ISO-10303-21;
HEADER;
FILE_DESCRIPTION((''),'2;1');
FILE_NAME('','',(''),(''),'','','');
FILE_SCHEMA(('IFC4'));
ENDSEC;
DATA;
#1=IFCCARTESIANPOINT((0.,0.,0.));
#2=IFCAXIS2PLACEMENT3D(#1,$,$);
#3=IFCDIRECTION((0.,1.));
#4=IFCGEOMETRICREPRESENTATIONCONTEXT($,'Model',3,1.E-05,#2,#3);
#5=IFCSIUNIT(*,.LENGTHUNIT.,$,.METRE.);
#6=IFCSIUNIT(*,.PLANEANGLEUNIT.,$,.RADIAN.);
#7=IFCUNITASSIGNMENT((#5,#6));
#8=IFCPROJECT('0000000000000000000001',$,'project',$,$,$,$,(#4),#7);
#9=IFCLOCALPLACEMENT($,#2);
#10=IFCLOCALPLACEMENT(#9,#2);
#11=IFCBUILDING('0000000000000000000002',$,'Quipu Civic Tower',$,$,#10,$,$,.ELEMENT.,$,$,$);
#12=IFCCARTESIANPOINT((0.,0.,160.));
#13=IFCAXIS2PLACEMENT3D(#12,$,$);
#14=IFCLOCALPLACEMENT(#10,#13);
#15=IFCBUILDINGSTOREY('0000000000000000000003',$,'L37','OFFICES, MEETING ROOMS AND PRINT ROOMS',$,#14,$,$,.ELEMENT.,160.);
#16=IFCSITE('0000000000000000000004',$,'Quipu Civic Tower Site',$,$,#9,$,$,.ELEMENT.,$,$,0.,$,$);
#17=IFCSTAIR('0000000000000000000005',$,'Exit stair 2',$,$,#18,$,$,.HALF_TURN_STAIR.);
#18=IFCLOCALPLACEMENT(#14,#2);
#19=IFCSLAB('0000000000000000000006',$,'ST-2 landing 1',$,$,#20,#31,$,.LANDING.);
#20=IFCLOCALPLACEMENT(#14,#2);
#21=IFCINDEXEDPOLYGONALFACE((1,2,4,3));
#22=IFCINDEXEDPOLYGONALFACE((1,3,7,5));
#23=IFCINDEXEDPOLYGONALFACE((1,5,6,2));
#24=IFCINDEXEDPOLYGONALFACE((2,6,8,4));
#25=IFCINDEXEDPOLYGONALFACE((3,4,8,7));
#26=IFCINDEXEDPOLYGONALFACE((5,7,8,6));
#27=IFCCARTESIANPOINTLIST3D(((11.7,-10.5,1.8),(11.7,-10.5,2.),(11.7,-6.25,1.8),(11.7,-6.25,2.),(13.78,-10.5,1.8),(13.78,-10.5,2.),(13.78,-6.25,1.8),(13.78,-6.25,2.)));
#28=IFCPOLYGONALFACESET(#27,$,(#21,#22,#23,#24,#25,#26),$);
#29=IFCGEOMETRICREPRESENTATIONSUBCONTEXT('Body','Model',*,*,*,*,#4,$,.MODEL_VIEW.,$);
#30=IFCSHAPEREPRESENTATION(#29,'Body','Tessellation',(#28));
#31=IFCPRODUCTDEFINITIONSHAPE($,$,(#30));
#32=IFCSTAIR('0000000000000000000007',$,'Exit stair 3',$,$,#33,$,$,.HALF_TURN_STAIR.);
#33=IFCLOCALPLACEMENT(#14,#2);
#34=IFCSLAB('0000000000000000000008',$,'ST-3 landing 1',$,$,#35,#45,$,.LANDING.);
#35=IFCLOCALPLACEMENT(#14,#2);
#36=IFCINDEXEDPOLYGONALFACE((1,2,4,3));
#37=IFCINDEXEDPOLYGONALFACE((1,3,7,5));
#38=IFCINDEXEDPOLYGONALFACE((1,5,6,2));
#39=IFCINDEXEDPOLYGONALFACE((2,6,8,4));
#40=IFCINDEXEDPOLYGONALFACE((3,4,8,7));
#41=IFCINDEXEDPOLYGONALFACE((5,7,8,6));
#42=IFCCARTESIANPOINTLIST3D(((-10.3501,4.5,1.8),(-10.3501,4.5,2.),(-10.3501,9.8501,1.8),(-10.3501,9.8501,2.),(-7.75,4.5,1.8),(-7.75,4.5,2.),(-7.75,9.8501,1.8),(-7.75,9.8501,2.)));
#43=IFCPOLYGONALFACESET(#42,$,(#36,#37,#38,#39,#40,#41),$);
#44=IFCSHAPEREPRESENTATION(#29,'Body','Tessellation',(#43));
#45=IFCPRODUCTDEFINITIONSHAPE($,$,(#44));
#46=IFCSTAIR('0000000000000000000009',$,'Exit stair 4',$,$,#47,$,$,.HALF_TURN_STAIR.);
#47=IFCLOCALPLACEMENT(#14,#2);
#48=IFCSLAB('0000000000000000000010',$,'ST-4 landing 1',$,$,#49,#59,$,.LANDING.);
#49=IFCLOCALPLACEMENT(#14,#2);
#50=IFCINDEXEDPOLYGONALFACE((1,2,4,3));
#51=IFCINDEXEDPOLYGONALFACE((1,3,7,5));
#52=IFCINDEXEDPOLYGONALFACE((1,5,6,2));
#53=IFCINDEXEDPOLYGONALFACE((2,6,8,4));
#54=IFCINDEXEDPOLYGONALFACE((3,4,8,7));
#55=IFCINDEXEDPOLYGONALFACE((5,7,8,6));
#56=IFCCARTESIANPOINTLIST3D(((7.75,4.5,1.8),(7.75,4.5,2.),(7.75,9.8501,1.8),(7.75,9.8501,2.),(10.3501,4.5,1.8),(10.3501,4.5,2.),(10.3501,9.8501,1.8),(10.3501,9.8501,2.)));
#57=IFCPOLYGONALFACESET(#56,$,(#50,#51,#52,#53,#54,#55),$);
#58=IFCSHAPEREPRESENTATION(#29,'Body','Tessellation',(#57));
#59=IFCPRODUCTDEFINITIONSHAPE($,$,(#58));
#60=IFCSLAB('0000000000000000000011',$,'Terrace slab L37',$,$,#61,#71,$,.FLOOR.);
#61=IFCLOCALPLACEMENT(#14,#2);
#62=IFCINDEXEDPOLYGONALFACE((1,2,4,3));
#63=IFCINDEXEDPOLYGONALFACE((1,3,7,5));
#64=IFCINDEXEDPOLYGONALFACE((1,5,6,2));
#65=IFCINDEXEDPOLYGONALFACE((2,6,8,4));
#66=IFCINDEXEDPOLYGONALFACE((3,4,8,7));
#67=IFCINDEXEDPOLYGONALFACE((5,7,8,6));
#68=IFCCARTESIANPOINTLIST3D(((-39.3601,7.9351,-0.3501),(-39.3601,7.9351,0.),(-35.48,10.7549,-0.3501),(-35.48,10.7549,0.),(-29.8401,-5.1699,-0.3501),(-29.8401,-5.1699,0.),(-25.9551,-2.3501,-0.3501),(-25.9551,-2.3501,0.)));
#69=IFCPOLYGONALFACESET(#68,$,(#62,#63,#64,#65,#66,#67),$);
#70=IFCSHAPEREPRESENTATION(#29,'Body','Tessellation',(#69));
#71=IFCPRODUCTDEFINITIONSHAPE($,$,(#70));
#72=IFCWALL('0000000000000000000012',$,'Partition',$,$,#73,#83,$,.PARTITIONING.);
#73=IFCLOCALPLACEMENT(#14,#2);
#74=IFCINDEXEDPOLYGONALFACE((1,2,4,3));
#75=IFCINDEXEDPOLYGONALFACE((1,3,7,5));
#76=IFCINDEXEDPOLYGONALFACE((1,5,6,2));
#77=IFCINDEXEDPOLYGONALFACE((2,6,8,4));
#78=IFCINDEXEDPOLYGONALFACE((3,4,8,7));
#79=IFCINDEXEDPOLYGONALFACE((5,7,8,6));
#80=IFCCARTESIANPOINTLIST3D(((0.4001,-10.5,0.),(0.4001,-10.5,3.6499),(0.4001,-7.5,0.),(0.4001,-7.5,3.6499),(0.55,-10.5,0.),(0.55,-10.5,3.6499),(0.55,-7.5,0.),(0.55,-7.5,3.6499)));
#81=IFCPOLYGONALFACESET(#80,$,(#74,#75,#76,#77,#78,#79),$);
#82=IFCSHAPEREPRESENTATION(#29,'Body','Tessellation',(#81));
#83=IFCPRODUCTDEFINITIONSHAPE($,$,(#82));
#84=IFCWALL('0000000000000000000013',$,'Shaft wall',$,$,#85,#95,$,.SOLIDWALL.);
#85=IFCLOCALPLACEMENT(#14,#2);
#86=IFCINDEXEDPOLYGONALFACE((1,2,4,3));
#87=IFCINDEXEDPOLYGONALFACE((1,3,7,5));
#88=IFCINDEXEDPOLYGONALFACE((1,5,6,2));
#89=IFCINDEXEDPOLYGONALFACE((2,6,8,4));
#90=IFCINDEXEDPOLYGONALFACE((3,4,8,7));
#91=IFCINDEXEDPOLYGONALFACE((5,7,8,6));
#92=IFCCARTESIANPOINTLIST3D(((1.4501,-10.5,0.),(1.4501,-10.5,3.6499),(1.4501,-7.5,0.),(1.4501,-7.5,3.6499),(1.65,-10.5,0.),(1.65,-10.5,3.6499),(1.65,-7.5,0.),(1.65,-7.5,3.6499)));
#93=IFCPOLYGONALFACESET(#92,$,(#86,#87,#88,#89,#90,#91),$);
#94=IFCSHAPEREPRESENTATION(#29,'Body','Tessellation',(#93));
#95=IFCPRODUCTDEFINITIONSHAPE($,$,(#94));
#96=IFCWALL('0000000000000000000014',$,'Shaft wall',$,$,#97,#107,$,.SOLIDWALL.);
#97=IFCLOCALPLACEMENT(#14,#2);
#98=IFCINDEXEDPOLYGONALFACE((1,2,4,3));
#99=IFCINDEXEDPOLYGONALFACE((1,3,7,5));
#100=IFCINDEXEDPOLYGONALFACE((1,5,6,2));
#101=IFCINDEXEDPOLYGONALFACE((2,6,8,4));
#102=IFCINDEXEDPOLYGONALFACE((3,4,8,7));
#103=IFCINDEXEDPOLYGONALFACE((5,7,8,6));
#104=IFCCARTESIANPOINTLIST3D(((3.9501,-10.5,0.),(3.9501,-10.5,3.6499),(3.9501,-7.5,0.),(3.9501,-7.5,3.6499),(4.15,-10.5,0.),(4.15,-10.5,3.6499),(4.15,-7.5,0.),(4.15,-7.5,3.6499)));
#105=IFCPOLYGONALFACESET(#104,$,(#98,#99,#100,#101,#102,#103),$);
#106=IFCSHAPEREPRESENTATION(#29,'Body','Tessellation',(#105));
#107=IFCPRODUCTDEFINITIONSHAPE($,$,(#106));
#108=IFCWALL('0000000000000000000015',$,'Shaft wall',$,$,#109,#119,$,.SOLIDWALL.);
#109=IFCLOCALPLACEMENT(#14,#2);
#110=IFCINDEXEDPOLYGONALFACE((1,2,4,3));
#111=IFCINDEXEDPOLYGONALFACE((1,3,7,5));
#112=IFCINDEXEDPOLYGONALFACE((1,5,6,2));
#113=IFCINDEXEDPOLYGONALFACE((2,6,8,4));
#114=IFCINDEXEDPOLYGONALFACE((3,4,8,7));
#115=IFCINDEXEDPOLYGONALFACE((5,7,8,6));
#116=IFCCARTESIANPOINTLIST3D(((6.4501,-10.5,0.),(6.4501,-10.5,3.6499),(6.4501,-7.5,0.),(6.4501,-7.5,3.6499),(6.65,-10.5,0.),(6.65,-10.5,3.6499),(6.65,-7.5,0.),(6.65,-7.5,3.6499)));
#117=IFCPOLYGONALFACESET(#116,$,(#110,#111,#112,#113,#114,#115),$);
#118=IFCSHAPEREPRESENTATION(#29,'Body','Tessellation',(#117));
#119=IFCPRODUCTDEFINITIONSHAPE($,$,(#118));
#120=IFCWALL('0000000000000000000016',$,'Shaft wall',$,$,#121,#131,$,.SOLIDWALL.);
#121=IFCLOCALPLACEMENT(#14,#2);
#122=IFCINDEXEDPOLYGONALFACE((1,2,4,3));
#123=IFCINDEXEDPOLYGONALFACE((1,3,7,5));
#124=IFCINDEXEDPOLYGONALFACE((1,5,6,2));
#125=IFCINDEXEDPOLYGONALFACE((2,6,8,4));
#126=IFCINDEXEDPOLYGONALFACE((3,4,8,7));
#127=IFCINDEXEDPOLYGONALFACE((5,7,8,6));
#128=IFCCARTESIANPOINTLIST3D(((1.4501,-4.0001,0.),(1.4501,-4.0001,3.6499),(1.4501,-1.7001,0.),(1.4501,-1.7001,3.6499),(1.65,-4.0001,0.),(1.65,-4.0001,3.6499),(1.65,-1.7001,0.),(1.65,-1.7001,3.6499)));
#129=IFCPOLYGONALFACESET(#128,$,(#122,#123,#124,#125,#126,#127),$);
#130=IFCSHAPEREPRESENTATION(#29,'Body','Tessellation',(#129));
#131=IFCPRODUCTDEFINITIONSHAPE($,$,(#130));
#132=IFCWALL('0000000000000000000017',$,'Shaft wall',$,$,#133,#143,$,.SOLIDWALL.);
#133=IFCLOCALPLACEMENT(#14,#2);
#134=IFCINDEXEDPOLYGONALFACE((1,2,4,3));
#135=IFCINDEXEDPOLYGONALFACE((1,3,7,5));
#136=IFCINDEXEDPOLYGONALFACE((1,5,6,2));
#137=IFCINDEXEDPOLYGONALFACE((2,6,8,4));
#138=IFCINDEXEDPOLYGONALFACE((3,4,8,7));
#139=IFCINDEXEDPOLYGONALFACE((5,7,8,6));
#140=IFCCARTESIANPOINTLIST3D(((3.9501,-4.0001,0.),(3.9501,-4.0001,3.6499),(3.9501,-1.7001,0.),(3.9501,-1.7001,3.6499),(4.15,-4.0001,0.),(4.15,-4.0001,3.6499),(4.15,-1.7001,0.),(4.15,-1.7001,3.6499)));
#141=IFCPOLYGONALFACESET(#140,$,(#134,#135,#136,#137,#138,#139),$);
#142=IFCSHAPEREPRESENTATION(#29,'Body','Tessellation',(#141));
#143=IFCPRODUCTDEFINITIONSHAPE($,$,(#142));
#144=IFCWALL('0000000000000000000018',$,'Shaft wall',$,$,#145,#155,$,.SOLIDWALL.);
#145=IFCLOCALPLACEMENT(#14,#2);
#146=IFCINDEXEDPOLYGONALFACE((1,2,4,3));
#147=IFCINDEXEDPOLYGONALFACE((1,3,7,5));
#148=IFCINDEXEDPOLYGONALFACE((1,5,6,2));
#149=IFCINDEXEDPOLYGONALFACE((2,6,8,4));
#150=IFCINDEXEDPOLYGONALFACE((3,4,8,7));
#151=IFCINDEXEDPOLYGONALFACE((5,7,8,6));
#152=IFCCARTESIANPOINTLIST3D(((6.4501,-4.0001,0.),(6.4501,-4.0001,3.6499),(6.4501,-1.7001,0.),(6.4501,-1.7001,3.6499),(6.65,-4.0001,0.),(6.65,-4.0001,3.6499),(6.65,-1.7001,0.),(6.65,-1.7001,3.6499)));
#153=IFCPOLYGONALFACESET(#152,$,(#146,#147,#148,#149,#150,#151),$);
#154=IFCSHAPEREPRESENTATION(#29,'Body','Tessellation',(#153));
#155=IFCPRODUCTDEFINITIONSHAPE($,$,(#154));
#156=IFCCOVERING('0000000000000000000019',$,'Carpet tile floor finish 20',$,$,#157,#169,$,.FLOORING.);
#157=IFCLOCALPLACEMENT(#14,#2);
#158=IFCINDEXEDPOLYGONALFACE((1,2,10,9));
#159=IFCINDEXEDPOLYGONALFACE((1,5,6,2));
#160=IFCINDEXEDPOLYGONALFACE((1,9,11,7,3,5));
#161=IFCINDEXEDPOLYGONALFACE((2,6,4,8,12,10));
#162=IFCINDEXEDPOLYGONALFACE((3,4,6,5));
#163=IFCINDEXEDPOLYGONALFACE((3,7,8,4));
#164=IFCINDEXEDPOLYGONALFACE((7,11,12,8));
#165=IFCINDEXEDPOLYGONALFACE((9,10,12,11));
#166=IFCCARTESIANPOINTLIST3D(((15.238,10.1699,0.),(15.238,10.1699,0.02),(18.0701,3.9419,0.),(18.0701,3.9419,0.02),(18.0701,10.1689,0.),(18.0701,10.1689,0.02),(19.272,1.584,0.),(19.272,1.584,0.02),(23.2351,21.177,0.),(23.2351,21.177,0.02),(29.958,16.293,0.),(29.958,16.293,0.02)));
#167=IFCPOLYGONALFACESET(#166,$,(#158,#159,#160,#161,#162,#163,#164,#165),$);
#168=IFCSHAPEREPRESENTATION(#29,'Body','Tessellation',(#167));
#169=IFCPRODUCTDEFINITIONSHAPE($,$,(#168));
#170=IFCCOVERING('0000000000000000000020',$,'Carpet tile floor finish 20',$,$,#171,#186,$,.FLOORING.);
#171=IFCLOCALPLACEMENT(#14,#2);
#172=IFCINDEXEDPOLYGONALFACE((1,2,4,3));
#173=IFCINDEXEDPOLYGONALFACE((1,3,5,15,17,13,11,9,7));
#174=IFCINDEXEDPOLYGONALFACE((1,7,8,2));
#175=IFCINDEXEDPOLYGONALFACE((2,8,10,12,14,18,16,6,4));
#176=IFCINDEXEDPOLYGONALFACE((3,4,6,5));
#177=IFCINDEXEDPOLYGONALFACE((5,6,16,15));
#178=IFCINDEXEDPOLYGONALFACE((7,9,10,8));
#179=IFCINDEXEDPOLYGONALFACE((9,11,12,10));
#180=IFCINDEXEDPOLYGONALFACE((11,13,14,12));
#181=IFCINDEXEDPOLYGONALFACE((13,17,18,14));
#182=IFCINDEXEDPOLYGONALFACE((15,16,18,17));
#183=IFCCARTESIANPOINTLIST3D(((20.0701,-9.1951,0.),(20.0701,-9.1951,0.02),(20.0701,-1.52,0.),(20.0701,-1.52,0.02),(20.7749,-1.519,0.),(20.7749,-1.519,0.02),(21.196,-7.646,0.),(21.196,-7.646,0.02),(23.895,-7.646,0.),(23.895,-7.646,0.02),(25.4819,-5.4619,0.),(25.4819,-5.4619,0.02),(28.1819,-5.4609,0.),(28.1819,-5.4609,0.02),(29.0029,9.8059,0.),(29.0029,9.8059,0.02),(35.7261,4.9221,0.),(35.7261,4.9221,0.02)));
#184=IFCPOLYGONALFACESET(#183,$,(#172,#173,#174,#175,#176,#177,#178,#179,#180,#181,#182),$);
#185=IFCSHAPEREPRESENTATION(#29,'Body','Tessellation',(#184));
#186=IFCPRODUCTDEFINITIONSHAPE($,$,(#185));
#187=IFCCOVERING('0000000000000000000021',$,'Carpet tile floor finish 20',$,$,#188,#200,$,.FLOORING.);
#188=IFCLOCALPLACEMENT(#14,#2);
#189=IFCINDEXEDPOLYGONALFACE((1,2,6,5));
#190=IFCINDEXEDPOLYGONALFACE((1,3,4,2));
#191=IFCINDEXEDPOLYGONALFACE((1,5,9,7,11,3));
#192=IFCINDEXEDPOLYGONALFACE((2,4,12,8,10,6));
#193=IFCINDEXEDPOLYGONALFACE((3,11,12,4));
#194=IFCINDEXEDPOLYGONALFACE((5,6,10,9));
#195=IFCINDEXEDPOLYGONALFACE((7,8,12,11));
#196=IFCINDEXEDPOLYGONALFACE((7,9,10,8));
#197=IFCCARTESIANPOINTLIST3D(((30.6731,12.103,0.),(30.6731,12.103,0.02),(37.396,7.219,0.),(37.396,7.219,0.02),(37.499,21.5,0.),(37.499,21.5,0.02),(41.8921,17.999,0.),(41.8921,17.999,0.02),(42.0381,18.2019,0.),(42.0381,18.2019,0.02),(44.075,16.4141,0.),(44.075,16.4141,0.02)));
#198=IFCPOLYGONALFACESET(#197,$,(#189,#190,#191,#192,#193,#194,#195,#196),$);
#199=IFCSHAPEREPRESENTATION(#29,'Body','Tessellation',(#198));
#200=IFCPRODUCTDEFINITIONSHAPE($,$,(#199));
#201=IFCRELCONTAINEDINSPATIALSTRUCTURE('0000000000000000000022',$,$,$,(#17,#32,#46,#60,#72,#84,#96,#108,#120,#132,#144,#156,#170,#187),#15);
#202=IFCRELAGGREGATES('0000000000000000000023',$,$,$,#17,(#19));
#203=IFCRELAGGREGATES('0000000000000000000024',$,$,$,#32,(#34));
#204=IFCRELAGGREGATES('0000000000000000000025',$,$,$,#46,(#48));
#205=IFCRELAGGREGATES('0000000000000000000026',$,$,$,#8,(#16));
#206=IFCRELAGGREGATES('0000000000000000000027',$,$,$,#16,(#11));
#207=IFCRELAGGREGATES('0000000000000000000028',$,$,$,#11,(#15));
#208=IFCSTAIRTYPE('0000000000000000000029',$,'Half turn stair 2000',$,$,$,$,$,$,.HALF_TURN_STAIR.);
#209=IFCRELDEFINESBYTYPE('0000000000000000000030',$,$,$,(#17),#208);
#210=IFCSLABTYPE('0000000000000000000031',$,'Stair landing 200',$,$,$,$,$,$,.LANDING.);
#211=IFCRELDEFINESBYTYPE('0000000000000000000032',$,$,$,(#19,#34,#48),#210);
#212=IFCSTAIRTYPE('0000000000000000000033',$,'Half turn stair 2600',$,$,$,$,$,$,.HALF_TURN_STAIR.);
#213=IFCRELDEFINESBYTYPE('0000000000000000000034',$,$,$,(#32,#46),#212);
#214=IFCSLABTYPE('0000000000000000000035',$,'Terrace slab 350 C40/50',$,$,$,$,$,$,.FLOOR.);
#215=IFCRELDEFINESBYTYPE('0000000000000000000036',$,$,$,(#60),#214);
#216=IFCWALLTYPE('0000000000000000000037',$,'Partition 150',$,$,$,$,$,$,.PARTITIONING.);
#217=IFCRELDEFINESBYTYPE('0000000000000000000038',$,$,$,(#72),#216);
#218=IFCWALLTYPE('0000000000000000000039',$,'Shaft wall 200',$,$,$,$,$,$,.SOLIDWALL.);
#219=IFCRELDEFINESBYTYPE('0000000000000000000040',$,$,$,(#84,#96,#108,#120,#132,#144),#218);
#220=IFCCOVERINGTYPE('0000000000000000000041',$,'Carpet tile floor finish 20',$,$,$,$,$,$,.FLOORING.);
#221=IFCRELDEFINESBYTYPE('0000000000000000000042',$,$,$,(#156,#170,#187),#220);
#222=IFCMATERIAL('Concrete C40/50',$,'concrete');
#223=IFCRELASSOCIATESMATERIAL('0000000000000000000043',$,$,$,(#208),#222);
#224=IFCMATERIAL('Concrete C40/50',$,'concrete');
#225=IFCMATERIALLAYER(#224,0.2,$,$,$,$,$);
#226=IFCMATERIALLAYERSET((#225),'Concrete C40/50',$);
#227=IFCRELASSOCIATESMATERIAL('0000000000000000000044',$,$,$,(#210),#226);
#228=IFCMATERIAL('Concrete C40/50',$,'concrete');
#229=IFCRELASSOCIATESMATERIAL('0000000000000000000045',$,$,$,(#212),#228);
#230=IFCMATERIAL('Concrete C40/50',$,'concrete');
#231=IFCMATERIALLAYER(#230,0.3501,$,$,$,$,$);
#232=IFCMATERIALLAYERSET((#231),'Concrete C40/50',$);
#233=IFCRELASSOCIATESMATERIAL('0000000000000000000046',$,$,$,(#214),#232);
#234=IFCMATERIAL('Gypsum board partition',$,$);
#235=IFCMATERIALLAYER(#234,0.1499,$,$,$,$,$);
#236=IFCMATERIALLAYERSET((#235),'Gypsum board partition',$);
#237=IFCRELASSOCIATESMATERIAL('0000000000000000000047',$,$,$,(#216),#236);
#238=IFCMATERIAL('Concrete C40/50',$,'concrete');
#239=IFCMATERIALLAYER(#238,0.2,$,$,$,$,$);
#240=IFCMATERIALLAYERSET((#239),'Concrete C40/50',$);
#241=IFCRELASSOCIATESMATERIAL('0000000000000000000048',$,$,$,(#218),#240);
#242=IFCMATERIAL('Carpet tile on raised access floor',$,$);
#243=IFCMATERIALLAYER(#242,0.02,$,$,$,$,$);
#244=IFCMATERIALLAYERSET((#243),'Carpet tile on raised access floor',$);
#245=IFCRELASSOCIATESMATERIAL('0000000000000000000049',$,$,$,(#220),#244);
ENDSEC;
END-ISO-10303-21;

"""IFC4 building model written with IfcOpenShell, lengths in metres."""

from ifc_helpers import new_model, si_unit, direction, frame, frame_2d, origin, place, context, subcontext, project, spatial, polyline, rectangle, outline, extrude, material, layer, layer_set, type_object, element, aggregate, save


model = new_model("IFC4")

# Units and contexts
model_context = context("Model", 3, precision=1e-05, world=origin(), true_north=direction((0.0, 1.0)))
body_context = subcontext(model_context, "Body", "Model", "MODEL_VIEW")
ifc_project = project(units=[si_unit("LENGTHUNIT", "METRE"), si_unit("PLANEANGLEUNIT", "RADIAN")], contexts=[model_context])

# Site, building, storey
site_placement = place(None, origin())
site = spatial("IfcSite", under=ifc_project, at=site_placement, Name="Quipu Civic Tower Site", CompositionType="ELEMENT", RefElevation=0.0)
building_placement = place(site_placement, origin())
building = spatial("IfcBuilding", under=site, at=building_placement, Name="Quipu Civic Tower", CompositionType="ELEMENT")
storey_placement = place(building_placement, frame((0.0, 0.0, 160.0)))
storey = spatial("IfcBuildingStorey", under=building, at=storey_placement, Name="L37", Description="OFFICES, MEETING ROOMS AND PRINT ROOMS", CompositionType="ELEMENT", Elevation=160.0)

# Stairs, slabs
ifc_material_1 = material(Name="Concrete C40/50", Category="concrete")
stair_type_1 = type_object("IfcStairType", Name="Half turn stair 2000", PredefinedType="HALF_TURN_STAIR", material=ifc_material_1)
ifc_material_2 = material(Name="Concrete C40/50", Category="concrete")
ifc_layer_1 = layer(ifc_material_2, 0.2)
ifc_layer_set_1 = layer_set([ifc_layer_1], Name="Concrete C40/50")
slab_type_1 = type_object("IfcSlabType", Name="Stair landing 200", PredefinedType="LANDING", material=ifc_layer_set_1)
stair_1_placement = place(storey_placement, origin())
stair_1 = element("IfcStair", 1, at=stair_1_placement, inside=storey, type_object=stair_type_1, Name="Exit stair 2", PredefinedType="HALF_TURN_STAIR")
slab_1_placement = place(storey_placement, frame((0.0, 0.0, 1.8)))
slab_1 = element("IfcSlab", 2, at=slab_1_placement, type_object=slab_type_1, Name="ST-2 landing 1", PredefinedType="LANDING", context=body_context, shape_type="SweptSolid", body=[
    extrude(outline(polyline([(13.78, -6.25), (11.7, -6.25), (11.7, -10.5), (13.78, -10.5), (13.78, -6.25)])), origin(), (0.0, 0.0, 1.0), 0.2),
])
aggregate(stair_1, [slab_1])
ifc_material_3 = material(Name="Concrete C40/50", Category="concrete")
stair_type_2 = type_object("IfcStairType", Name="Half turn stair 2600", PredefinedType="HALF_TURN_STAIR", material=ifc_material_3)
stair_2_placement = place(storey_placement, origin())
stair_2 = element("IfcStair", 3, at=stair_2_placement, inside=storey, type_object=stair_type_2, Name="Exit stair 3", PredefinedType="HALF_TURN_STAIR")
slab_2_placement = place(storey_placement, frame((0.0, 0.0, 1.8)))
slab_2 = element("IfcSlab", 4, at=slab_2_placement, type_object=slab_type_1, Name="ST-3 landing 1", PredefinedType="LANDING", context=body_context, shape_type="SweptSolid", body=[
    extrude(outline(polyline([(-10.3501, 4.5), (-7.75, 4.5), (-7.75, 9.8501), (-10.3501, 9.8501), (-10.3501, 4.5)])), origin(), (0.0, 0.0, 1.0), 0.2),
])
aggregate(stair_2, [slab_2])
stair_3_placement = place(storey_placement, origin())
stair_3 = element("IfcStair", 5, at=stair_3_placement, inside=storey, type_object=stair_type_2, Name="Exit stair 4", PredefinedType="HALF_TURN_STAIR")
slab_3_placement = place(storey_placement, frame((0.0, 0.0, 1.8)))
slab_3 = element("IfcSlab", 6, at=slab_3_placement, type_object=slab_type_1, Name="ST-4 landing 1", PredefinedType="LANDING", context=body_context, shape_type="SweptSolid", body=[
    extrude(outline(polyline([(10.3501, 9.8501), (7.75, 9.8501), (7.75, 4.5), (10.3501, 4.5), (10.3501, 9.8501)])), origin(), (0.0, 0.0, 1.0), 0.2),
])
aggregate(stair_3, [slab_3])

# Slab
ifc_material_4 = material(Name="Concrete C40/50", Category="concrete")
ifc_layer_2 = layer(ifc_material_4, 0.3501)
ifc_layer_set_2 = layer_set([ifc_layer_2], Name="Concrete C40/50")
slab_type_2 = type_object("IfcSlabType", Name="Terrace slab 350 C40/50", PredefinedType="FLOOR", material=ifc_layer_set_2)
slab_4_placement = place(storey_placement, frame((0.0, 0.0, -0.3501)))
element("IfcSlab", 7, at=slab_4_placement, inside=storey, type_object=slab_type_2, Name="Terrace slab L37", PredefinedType="FLOOR", context=body_context, shape_type="SweptSolid", body=[
    extrude(outline(polyline([(-35.48, 10.7549), (-25.9551, -2.3501), (-29.8401, -5.1699), (-39.3601, 7.9351), (-35.48, 10.7549)])), origin(), (0.0, 0.0, 1.0), 0.3501),
])

# Walls
ifc_material_5 = material(Name="Gypsum board partition")
ifc_layer_3 = layer(ifc_material_5, 0.1499)
ifc_layer_set_3 = layer_set([ifc_layer_3], Name="Gypsum board partition")
wall_type_1 = type_object("IfcWallType", Name="Partition 150", PredefinedType="PARTITIONING", material=ifc_layer_set_3)
wall_placement = place(storey_placement, frame((0.4751, -10.5, 0.0), z_axis=(0.0, 0.0, 1.0), x_axis=(0.0, 1.0, 0.0)))
element("IfcWall", 8, at=wall_placement, inside=storey, type_object=wall_type_1, Name="Partition", PredefinedType="PARTITIONING", context=body_context, shape_type="SweptSolid", body=[
    extrude(rectangle(XDim=3.0, YDim=0.1499, at=frame_2d((1.5, 0.0))), origin(), (0.0, 0.0, 1.0), 3.6499),
])
ifc_material_6 = material(Name="Concrete C40/50", Category="concrete")
ifc_layer_4 = layer(ifc_material_6, 0.2)
ifc_layer_set_4 = layer_set([ifc_layer_4], Name="Concrete C40/50")
wall_type_2 = type_object("IfcWallType", Name="Shaft wall 200", PredefinedType="SOLIDWALL", material=ifc_layer_set_4)
for number, where, z_axis, x_axis, name in (
    (9, (1.55, -10.5, 0.0), (0.0, 0.0, 1.0), (0.0, 1.0, 0.0), "Shaft wall"),
    (10, (4.05, -10.5, 0.0), (0.0, 0.0, 1.0), (0.0, 1.0, 0.0), "Shaft wall"),
    (11, (6.55, -10.5, 0.0), (0.0, 0.0, 1.0), (0.0, 1.0, 0.0), "Shaft wall"),
):
    element("IfcWall", number, at=place(storey_placement, frame(where, z_axis=z_axis, x_axis=x_axis)), inside=storey, type_object=wall_type_2, Name=name, PredefinedType="SOLIDWALL", context=body_context, shape_type="SweptSolid", body=[
        extrude(rectangle(XDim=3.0, YDim=0.2, at=frame_2d((1.5, 0.0))), origin(), (0.0, 0.0, 1.0), 3.6499),
    ])
for number, where, z_axis, x_axis, name in (
    (12, (1.55, -4.0, 0.0), (0.0, 0.0, 1.0), (0.0, 1.0, 0.0), "Shaft wall"),
    (13, (4.05, -4.0, 0.0), (0.0, 0.0, 1.0), (0.0, 1.0, 0.0), "Shaft wall"),
    (14, (6.55, -4.0, 0.0), (0.0, 0.0, 1.0), (0.0, 1.0, 0.0), "Shaft wall"),
):
    element("IfcWall", number, at=place(storey_placement, frame(where, z_axis=z_axis, x_axis=x_axis)), inside=storey, type_object=wall_type_2, Name=name, PredefinedType="SOLIDWALL", context=body_context, shape_type="SweptSolid", body=[
        extrude(rectangle(XDim=2.3, YDim=0.2, at=frame_2d((1.1499, 0.0))), origin(), (0.0, 0.0, 1.0), 3.6499),
    ])

# Coverings
ifc_material_7 = material(Name="Carpet tile on raised access floor")
ifc_layer_5 = layer(ifc_material_7, 0.02)
ifc_layer_set_5 = layer_set([ifc_layer_5], Name="Carpet tile on raised access floor")
covering_type_1 = type_object("IfcCoveringType", Name="Carpet tile floor finish 20", PredefinedType="FLOORING", material=ifc_layer_set_5)
covering_1_placement = place(storey_placement, origin())
element("IfcCovering", 15, at=covering_1_placement, inside=storey, type_object=covering_type_1, Name="Carpet tile floor finish 20", PredefinedType="FLOORING", context=body_context, shape_type="SweptSolid", body=[
    extrude(outline(polyline([(15.238, 10.1699), (23.2351, 21.177), (29.958, 16.293), (19.272, 1.584), (18.0701, 3.9419), (18.0701, 10.1689), (15.238, 10.1699)])), origin(), (0.0, 0.0, 1.0), 0.02),
])
covering_2_placement = place(storey_placement, origin())
element("IfcCovering", 16, at=covering_2_placement, inside=storey, type_object=covering_type_1, Name="Carpet tile floor finish 20", PredefinedType="FLOORING", context=body_context, shape_type="SweptSolid", body=[
    extrude(outline(polyline([(20.0701, -9.1951), (20.0701, -1.52), (20.7749, -1.519), (29.0029, 9.8059), (35.7261, 4.9221), (28.1819, -5.4609), (25.4819, -5.4619), (23.895, -7.646), (21.196, -7.646), (20.0701, -9.1951)])), origin(), (0.0, 0.0, 1.0), 0.02),
])
covering_3_placement = place(storey_placement, origin())
element("IfcCovering", 17, at=covering_3_placement, inside=storey, type_object=covering_type_1, Name="Carpet tile floor finish 20", PredefinedType="FLOORING", context=body_context, shape_type="SweptSolid", body=[
    extrude(outline(polyline([(30.6731, 12.103), (37.499, 21.5), (42.0381, 18.2019), (41.8921, 17.999), (44.075, 16.4141), (37.396, 7.219), (30.6731, 12.103)])), origin(), (0.0, 0.0, 1.0), 0.02),
])

save(model, "model.ifc")
